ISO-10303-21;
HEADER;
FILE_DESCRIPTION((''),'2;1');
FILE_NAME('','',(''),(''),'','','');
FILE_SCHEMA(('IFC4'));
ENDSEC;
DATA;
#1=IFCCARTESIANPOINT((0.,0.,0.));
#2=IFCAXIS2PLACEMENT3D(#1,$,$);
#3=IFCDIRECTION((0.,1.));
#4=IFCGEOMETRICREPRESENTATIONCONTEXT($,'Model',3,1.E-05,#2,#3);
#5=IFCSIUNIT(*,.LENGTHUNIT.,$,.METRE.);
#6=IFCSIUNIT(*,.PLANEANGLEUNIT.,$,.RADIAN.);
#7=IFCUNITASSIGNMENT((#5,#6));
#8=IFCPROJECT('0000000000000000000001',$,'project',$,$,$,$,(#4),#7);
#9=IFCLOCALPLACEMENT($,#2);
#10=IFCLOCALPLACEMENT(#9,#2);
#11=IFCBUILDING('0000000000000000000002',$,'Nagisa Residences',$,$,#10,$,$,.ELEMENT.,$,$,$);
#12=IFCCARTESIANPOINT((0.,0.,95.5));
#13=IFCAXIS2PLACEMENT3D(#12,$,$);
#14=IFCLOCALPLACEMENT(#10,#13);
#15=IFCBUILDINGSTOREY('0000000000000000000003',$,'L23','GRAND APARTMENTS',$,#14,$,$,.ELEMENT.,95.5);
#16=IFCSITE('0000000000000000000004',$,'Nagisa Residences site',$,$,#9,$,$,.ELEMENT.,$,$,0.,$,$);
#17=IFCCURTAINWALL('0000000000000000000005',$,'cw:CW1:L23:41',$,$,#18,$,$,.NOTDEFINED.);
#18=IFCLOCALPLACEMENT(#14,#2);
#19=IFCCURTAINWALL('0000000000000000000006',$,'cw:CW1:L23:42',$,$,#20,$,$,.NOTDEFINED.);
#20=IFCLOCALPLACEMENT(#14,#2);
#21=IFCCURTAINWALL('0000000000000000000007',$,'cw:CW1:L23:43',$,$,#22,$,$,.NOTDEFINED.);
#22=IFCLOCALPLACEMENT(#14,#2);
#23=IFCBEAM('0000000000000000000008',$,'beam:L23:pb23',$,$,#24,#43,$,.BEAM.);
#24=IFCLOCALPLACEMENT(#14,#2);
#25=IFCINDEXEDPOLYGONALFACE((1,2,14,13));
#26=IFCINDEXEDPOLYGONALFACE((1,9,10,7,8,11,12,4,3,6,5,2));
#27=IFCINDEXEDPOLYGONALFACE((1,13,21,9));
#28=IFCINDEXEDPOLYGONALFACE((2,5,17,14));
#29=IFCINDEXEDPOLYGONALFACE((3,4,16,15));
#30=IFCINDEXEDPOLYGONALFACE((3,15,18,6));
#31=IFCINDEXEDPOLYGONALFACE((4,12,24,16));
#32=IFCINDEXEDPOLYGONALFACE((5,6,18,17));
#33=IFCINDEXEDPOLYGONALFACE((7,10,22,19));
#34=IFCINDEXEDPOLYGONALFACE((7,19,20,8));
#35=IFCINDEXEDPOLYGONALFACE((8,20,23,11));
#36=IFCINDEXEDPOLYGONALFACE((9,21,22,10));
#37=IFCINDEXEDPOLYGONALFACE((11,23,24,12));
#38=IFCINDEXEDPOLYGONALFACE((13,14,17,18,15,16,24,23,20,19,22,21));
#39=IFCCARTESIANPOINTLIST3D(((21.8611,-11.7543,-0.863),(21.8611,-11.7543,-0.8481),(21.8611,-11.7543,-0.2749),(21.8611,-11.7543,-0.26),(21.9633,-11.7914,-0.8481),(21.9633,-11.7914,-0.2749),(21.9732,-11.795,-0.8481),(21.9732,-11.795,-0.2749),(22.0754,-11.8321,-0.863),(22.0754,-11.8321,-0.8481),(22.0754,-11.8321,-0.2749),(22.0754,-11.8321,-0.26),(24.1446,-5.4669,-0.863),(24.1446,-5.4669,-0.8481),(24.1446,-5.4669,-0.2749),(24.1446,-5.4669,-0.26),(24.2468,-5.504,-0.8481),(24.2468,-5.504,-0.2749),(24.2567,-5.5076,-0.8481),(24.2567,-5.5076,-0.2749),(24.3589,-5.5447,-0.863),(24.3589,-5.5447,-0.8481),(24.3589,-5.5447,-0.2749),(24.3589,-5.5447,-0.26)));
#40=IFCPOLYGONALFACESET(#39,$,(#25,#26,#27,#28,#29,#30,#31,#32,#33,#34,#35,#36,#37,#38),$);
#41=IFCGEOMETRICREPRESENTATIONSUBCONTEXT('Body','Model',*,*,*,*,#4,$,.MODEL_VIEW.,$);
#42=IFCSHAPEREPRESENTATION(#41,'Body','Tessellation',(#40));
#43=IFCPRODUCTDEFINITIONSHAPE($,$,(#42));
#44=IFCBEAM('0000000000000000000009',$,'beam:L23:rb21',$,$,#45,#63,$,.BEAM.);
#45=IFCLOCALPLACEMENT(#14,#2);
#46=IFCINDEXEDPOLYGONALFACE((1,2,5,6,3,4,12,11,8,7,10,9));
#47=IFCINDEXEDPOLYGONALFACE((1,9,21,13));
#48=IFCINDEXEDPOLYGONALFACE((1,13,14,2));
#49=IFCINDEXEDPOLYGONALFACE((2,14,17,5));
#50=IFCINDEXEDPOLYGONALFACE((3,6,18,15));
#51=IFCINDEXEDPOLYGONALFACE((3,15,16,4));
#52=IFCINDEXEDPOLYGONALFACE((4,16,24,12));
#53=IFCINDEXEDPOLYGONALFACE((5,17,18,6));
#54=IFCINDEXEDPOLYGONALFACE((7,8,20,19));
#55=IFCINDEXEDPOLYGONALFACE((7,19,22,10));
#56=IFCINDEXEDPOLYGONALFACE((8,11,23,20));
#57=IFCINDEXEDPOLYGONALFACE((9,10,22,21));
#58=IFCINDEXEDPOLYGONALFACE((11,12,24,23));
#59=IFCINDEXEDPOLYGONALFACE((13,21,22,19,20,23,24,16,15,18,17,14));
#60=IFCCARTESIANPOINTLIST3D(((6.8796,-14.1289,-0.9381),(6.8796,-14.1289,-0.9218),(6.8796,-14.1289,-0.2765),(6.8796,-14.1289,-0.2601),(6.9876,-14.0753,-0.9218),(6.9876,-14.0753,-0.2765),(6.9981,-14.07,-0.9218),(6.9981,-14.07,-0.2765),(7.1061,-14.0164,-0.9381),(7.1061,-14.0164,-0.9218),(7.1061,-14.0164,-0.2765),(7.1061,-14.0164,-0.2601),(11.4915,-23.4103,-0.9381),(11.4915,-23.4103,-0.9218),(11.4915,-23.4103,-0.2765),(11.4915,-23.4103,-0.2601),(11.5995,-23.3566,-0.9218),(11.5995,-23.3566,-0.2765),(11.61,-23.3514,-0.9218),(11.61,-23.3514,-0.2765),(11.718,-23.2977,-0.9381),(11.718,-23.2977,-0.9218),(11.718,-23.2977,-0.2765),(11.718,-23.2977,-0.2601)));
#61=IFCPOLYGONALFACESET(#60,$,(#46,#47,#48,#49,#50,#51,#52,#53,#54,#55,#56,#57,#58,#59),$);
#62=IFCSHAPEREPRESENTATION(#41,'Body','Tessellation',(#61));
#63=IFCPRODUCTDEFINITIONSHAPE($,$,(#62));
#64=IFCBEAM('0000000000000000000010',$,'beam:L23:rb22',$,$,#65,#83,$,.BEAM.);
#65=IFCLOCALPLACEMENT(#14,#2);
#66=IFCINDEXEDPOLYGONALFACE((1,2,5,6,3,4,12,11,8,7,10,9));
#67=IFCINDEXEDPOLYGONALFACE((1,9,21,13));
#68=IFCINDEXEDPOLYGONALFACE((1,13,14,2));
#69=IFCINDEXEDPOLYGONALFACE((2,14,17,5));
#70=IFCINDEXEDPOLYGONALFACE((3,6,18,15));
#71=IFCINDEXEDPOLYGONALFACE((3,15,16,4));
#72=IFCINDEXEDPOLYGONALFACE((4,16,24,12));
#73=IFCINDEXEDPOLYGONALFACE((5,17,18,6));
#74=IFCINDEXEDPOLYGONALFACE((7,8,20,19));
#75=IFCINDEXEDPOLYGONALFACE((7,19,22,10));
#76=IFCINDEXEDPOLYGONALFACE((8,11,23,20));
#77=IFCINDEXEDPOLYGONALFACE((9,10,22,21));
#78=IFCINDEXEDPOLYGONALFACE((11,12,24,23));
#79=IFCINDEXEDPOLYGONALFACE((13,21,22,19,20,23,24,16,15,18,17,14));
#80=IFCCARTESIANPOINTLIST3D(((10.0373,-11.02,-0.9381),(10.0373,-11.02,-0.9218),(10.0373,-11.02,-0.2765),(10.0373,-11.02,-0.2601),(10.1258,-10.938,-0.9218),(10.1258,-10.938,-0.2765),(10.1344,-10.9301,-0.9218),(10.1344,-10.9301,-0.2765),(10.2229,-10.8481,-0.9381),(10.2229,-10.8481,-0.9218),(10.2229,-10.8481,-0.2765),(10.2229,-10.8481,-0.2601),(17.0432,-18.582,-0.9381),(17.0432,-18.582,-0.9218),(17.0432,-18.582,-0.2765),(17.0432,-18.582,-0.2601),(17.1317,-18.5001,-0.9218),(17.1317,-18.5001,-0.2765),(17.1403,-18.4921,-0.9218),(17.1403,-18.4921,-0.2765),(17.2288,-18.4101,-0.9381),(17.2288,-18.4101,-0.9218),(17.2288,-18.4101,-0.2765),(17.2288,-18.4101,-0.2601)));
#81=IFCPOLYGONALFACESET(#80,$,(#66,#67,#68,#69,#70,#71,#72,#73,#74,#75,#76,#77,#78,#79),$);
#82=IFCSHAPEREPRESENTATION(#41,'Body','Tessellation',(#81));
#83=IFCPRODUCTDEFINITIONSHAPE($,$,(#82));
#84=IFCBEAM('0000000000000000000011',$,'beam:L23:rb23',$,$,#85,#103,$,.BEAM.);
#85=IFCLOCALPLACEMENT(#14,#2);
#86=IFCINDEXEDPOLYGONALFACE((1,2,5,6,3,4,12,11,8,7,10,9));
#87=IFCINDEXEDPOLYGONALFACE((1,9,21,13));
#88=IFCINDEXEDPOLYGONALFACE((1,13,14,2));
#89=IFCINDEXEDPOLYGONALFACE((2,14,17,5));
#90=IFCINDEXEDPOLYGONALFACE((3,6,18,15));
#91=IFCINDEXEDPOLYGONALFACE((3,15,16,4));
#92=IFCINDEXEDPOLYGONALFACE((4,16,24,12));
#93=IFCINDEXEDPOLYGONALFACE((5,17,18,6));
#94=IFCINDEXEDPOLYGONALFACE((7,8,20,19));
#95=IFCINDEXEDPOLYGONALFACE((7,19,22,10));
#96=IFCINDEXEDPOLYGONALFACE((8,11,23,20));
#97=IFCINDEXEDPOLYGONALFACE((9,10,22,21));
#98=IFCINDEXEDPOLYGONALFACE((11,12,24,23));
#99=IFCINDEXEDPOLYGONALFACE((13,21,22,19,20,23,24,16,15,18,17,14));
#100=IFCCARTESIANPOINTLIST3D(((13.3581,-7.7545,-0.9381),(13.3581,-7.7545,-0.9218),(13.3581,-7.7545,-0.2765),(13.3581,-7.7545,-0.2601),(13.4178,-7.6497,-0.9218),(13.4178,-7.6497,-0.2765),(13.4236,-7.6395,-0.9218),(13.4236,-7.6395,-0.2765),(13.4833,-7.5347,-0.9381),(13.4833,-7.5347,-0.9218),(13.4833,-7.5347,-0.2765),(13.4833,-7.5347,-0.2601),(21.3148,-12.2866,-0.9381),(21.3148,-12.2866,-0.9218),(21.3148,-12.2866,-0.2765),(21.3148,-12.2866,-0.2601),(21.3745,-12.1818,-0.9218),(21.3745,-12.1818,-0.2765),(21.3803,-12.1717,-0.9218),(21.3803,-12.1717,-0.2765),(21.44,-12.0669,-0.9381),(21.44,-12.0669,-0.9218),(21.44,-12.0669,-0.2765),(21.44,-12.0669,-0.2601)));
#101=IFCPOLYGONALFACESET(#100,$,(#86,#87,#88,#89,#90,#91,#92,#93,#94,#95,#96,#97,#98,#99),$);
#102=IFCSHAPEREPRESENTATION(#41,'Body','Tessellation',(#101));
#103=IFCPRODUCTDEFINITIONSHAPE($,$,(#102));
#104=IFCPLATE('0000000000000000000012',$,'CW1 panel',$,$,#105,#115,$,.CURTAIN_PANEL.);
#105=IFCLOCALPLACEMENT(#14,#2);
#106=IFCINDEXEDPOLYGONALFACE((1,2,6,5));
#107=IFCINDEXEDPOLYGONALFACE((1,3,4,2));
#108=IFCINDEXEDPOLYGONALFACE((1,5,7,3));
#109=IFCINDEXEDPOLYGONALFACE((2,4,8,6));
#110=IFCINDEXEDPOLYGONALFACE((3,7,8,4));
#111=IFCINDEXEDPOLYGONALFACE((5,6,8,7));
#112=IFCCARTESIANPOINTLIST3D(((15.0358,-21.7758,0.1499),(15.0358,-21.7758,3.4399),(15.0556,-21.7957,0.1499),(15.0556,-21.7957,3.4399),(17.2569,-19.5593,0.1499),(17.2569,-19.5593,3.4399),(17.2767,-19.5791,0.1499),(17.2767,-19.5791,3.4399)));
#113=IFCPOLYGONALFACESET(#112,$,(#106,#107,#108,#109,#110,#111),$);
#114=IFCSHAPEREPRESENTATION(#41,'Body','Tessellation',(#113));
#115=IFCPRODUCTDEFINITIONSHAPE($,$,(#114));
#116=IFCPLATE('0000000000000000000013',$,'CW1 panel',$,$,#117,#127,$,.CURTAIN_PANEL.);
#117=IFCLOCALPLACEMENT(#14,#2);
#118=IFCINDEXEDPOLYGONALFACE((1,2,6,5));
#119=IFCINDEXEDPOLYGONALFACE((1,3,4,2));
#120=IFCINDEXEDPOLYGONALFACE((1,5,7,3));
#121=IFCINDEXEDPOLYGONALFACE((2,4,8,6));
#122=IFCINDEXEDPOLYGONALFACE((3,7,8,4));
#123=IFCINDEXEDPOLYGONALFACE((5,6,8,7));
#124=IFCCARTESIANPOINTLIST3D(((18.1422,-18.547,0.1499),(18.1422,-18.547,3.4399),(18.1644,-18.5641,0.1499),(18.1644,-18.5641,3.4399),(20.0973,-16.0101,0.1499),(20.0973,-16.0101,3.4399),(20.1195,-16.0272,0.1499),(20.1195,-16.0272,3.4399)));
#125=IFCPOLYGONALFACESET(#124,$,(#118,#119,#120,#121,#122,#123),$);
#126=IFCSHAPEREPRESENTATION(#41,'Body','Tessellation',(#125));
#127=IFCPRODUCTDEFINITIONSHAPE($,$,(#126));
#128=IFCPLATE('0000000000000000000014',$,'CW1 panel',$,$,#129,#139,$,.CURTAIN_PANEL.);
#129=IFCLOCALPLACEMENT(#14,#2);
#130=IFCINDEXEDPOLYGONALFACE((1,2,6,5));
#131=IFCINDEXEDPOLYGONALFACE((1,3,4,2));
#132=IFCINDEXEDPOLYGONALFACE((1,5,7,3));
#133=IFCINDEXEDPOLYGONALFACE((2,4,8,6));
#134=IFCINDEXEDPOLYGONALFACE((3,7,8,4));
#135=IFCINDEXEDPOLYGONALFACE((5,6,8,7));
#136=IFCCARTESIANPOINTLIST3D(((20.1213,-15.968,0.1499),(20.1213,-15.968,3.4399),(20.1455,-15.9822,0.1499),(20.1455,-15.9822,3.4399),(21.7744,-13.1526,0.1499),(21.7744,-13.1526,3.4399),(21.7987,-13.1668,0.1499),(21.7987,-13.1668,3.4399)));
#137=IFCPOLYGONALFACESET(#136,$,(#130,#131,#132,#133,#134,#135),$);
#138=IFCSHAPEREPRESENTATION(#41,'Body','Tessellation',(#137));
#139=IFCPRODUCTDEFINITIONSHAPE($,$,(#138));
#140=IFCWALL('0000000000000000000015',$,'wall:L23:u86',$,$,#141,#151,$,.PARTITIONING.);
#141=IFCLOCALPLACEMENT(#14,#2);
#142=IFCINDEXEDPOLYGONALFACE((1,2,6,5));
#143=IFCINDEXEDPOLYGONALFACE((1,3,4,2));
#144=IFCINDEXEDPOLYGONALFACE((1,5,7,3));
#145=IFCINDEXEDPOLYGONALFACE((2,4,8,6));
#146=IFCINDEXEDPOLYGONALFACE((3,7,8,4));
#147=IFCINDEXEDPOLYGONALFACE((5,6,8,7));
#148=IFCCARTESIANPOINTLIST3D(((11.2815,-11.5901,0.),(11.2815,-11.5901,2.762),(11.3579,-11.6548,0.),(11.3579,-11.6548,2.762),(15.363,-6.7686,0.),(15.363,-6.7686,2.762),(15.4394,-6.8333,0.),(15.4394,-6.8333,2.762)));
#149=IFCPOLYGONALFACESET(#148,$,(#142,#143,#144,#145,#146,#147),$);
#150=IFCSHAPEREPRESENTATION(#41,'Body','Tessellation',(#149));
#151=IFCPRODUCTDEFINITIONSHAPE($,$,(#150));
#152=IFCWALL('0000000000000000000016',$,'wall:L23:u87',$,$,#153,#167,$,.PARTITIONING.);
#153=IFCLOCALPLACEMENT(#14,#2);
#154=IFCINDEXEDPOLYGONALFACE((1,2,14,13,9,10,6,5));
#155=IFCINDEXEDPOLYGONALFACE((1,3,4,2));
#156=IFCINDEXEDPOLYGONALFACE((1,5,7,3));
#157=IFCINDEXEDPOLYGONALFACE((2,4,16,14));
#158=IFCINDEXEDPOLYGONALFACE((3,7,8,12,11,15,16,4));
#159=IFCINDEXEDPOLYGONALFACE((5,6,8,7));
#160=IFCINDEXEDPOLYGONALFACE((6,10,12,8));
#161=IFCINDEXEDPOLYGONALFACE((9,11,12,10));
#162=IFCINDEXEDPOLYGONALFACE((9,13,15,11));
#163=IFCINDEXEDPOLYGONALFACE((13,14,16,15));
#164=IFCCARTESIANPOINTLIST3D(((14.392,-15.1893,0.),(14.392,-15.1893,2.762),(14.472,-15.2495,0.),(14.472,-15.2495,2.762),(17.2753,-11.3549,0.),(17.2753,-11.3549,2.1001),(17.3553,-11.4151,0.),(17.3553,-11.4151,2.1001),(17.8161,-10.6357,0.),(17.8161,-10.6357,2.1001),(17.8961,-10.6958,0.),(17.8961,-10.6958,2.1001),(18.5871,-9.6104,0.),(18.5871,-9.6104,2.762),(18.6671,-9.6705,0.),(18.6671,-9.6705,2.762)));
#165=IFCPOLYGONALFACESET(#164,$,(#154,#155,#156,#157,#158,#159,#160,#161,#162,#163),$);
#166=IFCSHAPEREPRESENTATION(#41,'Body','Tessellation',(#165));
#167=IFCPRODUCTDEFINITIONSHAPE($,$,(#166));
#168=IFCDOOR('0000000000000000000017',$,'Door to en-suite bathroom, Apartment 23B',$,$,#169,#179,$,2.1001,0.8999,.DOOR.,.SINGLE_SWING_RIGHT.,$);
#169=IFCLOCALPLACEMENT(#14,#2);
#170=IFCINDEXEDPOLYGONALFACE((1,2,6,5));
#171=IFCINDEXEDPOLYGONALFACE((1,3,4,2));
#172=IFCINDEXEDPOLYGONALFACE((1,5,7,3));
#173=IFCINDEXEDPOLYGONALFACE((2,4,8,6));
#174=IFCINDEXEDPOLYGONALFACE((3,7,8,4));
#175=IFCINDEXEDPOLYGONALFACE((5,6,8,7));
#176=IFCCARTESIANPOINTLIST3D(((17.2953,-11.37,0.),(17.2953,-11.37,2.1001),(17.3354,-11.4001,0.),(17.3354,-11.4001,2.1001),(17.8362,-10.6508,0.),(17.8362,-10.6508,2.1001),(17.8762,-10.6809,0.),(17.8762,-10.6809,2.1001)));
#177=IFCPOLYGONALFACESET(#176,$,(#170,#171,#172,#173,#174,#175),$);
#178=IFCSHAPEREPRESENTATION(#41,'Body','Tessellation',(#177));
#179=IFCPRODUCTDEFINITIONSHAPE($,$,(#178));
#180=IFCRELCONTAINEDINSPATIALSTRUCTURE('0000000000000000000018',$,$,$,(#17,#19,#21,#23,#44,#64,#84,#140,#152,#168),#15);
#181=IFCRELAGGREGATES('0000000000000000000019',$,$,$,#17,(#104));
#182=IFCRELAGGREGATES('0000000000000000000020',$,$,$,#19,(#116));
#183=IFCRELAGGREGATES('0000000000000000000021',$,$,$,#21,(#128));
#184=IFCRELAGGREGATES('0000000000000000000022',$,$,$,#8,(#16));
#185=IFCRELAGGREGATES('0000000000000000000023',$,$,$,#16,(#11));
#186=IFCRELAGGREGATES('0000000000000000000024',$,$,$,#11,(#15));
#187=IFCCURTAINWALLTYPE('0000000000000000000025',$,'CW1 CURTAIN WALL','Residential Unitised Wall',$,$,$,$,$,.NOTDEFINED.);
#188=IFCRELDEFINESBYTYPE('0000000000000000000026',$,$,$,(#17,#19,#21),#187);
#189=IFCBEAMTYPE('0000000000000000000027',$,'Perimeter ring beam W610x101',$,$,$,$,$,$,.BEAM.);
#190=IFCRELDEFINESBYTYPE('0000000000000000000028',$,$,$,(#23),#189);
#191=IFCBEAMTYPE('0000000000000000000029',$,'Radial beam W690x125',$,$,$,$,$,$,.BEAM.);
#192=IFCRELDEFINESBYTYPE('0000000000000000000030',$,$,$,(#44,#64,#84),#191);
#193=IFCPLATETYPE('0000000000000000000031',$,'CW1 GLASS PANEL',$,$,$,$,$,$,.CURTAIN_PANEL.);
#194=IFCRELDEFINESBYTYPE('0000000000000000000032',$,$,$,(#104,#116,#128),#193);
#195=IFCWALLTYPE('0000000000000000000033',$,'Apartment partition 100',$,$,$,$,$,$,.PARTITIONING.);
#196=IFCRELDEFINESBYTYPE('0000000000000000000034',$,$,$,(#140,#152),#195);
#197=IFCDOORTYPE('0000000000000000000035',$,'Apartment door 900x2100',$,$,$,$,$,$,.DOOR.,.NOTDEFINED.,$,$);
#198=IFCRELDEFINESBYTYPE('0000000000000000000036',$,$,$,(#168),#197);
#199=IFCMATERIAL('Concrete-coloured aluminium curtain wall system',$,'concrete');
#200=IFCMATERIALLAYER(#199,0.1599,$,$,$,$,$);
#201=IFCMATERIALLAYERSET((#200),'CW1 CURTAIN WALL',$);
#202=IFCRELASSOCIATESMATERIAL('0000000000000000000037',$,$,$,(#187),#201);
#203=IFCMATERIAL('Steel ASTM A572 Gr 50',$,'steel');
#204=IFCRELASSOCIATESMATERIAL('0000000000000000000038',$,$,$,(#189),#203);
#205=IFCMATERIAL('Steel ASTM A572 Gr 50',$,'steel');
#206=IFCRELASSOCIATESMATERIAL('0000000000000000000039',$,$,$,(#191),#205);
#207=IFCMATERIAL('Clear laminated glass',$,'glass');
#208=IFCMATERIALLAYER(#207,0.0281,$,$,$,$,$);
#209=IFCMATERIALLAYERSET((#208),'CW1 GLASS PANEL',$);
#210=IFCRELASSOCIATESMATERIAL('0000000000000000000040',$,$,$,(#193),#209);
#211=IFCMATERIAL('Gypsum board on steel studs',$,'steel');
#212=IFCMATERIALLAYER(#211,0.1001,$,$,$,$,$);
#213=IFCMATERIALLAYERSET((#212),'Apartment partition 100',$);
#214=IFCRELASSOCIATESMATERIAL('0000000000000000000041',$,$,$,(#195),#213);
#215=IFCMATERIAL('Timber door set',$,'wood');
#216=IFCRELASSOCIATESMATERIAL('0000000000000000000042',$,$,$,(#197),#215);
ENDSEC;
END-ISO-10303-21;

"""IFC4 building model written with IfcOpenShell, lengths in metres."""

from ifc_helpers import new_model, si_unit, direction, frame, frame_2d, origin, origin_2d, place, context, subcontext, project, spatial, rectangle, i_section, extrude, material, layer, layer_set, material_profile, profile_set, type_object, element, fill, aggregate, save


model = new_model("IFC4")

# Units and contexts
model_context = context("Model", 3, precision=1e-05, world=origin(), true_north=direction((0.0, 1.0)))
body_context = subcontext(model_context, "Body", "Model", "MODEL_VIEW")
ifc_project = project(units=[si_unit("LENGTHUNIT", "METRE"), si_unit("PLANEANGLEUNIT", "RADIAN")], contexts=[model_context])

# Site, building, storey
site_placement = place(None, origin())
site = spatial("IfcSite", under=ifc_project, at=site_placement, Name="Nagisa Residences site", CompositionType="ELEMENT", RefElevation=0.0)
building_placement = place(site_placement, origin())
building = spatial("IfcBuilding", under=site, at=building_placement, Name="Nagisa Residences", CompositionType="ELEMENT")
storey_placement = place(building_placement, frame((0.0, 0.0, 95.5)))
storey = spatial("IfcBuildingStorey", under=building, at=storey_placement, Name="L23", Description="GRAND APARTMENTS", CompositionType="ELEMENT", Elevation=95.5)

# Curtain walls
ifc_material_1 = material(Name="Concrete-coloured aluminium curtain wall system", Category="concrete")
ifc_layer_1 = layer(ifc_material_1, 0.1599)
ifc_layer_set_1 = layer_set([ifc_layer_1], Name="CW1 CURTAIN WALL")
curtain_wall_type = type_object("IfcCurtainWallType", Name="CW1 CURTAIN WALL", Description="Residential Unitised Wall", PredefinedType="NOTDEFINED", material=ifc_layer_set_1)
curtain_wall_1_placement = place(storey_placement, origin())
curtain_wall_1 = element("IfcCurtainWall", 1, at=curtain_wall_1_placement, inside=storey, type_object=curtain_wall_type, Name="cw:CW1:L23:41", PredefinedType="NOTDEFINED")
curtain_wall_2_placement = place(storey_placement, origin())
curtain_wall_2 = element("IfcCurtainWall", 2, at=curtain_wall_2_placement, inside=storey, type_object=curtain_wall_type, Name="cw:CW1:L23:42", PredefinedType="NOTDEFINED")
curtain_wall_3_placement = place(storey_placement, origin())
curtain_wall_3 = element("IfcCurtainWall", 3, at=curtain_wall_3_placement, inside=storey, type_object=curtain_wall_type, Name="cw:CW1:L23:43", PredefinedType="NOTDEFINED")

# Beams
ifc_material_2 = material(Name="Steel ASTM A572 Gr 50", Category="steel")
ifc_material_profile_1 = material_profile(ifc_material_2, i_section(OverallWidth=0.228, OverallDepth=0.603, WebThickness=0.0105, FlangeThickness=0.0149, at=origin_2d()), Name="W610x101")
ifc_profile_set_1 = profile_set([ifc_material_profile_1], Name="Steel ASTM A572 Gr 50")
beam_type_1 = type_object("IfcBeamType", Name="Perimeter ring beam W610x101", PredefinedType="BEAM", material=ifc_profile_set_1)
beam_1_placement = place(storey_placement, frame((21.9683, -11.7932, -0.5615), z_axis=(0.341365, 0.939931, 0.0), x_axis=(-0.939931, 0.341365, 0.0)))
element("IfcBeam", 4, at=beam_1_placement, inside=storey, type_object=beam_type_1, Name="beam:L23:pb23", PredefinedType="BEAM", context=body_context, shape_type="SweptSolid", body=[
    extrude(i_section(OverallWidth=0.228, OverallDepth=0.603, WebThickness=0.0105, FlangeThickness=0.0149, at=origin_2d()), origin(), (0.0, 0.0, 1.0), 6.6892),
])
ifc_material_3 = material(Name="Steel ASTM A572 Gr 50", Category="steel")
ifc_material_profile_2 = material_profile(ifc_material_3, i_section(OverallWidth=0.2529, OverallDepth=0.678, WebThickness=0.0117, FlangeThickness=0.0164, at=origin_2d()), Name="W690x125")
ifc_profile_set_2 = profile_set([ifc_material_profile_2], Name="Steel ASTM A572 Gr 50")
beam_type_2 = type_object("IfcBeamType", Name="Radial beam W690x125", PredefinedType="BEAM", material=ifc_profile_set_2)
beam_2_placement = place(storey_placement, frame((11.6047, -23.354, -0.5991), z_axis=(-0.444988, 0.895536, 0.0), x_axis=(-0.895536, -0.444988, 0.0)))
element("IfcBeam", 5, at=beam_2_placement, inside=storey, type_object=beam_type_2, Name="beam:L23:rb21", PredefinedType="BEAM", context=body_context, shape_type="SweptSolid", body=[
    extrude(i_section(OverallWidth=0.2529, OverallDepth=0.678, WebThickness=0.0117, FlangeThickness=0.0164, at=origin_2d()), origin(), (0.0, 0.0, 1.0), 10.364),
])
beam_3_placement = place(storey_placement, frame((17.136, -18.4961, -0.5991), z_axis=(-0.679617, 0.733567, 0.0), x_axis=(-0.733567, -0.679617, 0.0)))
element("IfcBeam", 6, at=beam_3_placement, inside=storey, type_object=beam_type_2, Name="beam:L23:rb22", PredefinedType="BEAM", context=body_context, shape_type="SweptSolid", body=[
    extrude(i_section(OverallWidth=0.2529, OverallDepth=0.678, WebThickness=0.0117, FlangeThickness=0.0164, at=origin_2d()), origin(), (0.0, 0.0, 1.0), 10.3086),
])
beam_4_placement = place(storey_placement, frame((21.3774, -12.1768, -0.5991), z_axis=(-0.868925, 0.494944, 0.0), x_axis=(-0.494944, -0.868925, 0.0)))
element("IfcBeam", 7, at=beam_4_placement, inside=storey, type_object=beam_type_2, Name="beam:L23:rb23", PredefinedType="BEAM", context=body_context, shape_type="SweptSolid", body=[
    extrude(i_section(OverallWidth=0.2529, OverallDepth=0.678, WebThickness=0.0117, FlangeThickness=0.0164, at=origin_2d()), origin(), (0.0, 0.0, 1.0), 9.157),
])

# Plates
ifc_material_4 = material(Name="Clear laminated glass", Category="glass")
ifc_layer_2 = layer(ifc_material_4, 0.0281)
ifc_layer_set_2 = layer_set([ifc_layer_2], Name="CW1 GLASS PANEL")
plate_type = type_object("IfcPlateType", Name="CW1 GLASS PANEL", PredefinedType="CURTAIN_PANEL", material=ifc_layer_set_2)
plate_1_placement = place(storey_placement, frame((16.1562, -20.6775, 0.1499), z_axis=(0.0, 0.0, 1.0), x_axis=(0.707836, 0.706377, 0.0)))
plate_1 = element("IfcPlate", 8, at=plate_1_placement, type_object=plate_type, Name="CW1 panel", PredefinedType="CURTAIN_PANEL", context=body_context, shape_type="SweptSolid", body=[
    extrude(rectangle(XDim=3.1379, YDim=0.0281, at=origin_2d()), origin(), (0.0, 0.0, 1.0), 3.29),
])
aggregate(curtain_wall_1, [plate_1])
plate_2_placement = place(storey_placement, frame((19.1309, -17.2871, 0.1499), z_axis=(0.0, 0.0, 1.0), x_axis=(0.61043, 0.79207, 0.0)))
plate_2 = element("IfcPlate", 9, at=plate_2_placement, type_object=plate_type, Name="CW1 panel", PredefinedType="CURTAIN_PANEL", context=body_context, shape_type="SweptSolid", body=[
    extrude(rectangle(XDim=3.2029, YDim=0.0281, at=origin_2d()), origin(), (0.0, 0.0, 1.0), 3.29),
])
aggregate(curtain_wall_2, [plate_2])
plate_3_placement = place(storey_placement, frame((20.96, -14.5674, 0.1499), z_axis=(0.0, 0.0, 1.0), x_axis=(0.506349, 0.862329, 0.0)))
plate_3 = element("IfcPlate", 10, at=plate_3_placement, type_object=plate_type, Name="CW1 panel", PredefinedType="CURTAIN_PANEL", context=body_context, shape_type="SweptSolid", body=[
    extrude(rectangle(XDim=3.2649, YDim=0.0281, at=origin_2d()), origin(), (0.0, 0.0, 1.0), 3.29),
])
aggregate(curtain_wall_3, [plate_3])

# Wall
ifc_material_5 = material(Name="Gypsum board on steel studs", Category="steel")
ifc_layer_3 = layer(ifc_material_5, 0.1001)
ifc_layer_set_3 = layer_set([ifc_layer_3], Name="Apartment partition 100")
wall_type_1 = type_object("IfcWallType", Name="Apartment partition 100", PredefinedType="PARTITIONING", material=ifc_layer_set_3)
wall_1_placement = place(storey_placement, frame((11.3196, -11.6226, 0.0), z_axis=(0.0, 0.0, 1.0), x_axis=(0.646107, 0.763247, 0.0)))
element("IfcWall", 11, at=wall_1_placement, inside=storey, type_object=wall_type_1, Name="wall:L23:u86", PredefinedType="PARTITIONING", context=body_context, shape_type="SweptSolid", body=[
    extrude(rectangle(XDim=6.3171, YDim=0.1001, at=frame_2d((3.1587, 0.0))), origin(), (0.0, 0.0, 1.0), 2.762),
])

# Wall, opening, door
wall_2_placement = place(storey_placement, frame((14.4319, -15.2195, 0.0), z_axis=(0.0, 0.0, 1.0), x_axis=(0.601001, 0.799248, 0.0)))
wall_2 = element("IfcWall", 12, at=wall_2_placement, inside=storey, type_object=wall_type_1, Name="wall:L23:u87", PredefinedType="PARTITIONING", context=body_context, shape_type="SweptSolid", body=[
    extrude(rectangle(XDim=6.9802, YDim=0.1001, at=frame_2d((3.4902, 0.0))), origin(), (0.0, 0.0, 1.0), 2.762),
])
opening_1_placement = place(wall_2_placement, frame((4.7976, 0.0, 0.0)))
opening_1 = element("IfcOpeningElement", 13, at=opening_1_placement, cuts=wall_2, PredefinedType="OPENING", context=body_context, shape_type="SweptSolid", body=[
    extrude(rectangle(XDim=0.8999, YDim=2.1001, at=frame_2d((0.45, 1.05))), frame((0.0, 0.0601, 0.0), z_axis=(0.0, -1.0, 0.0), x_axis=(1.0, 0.0, 0.0)), (0.0, 0.0, 1.0), 0.1201),
])
ifc_material_6 = material(Name="Timber door set", Category="wood")
door_type_1 = type_object("IfcDoorType", Name="Apartment door 900x2100", OperationType="NOTDEFINED", PredefinedType="DOOR", material=ifc_material_6)
door_1_placement = place(opening_1_placement, origin())
door_1 = element("IfcDoor", 14, at=door_1_placement, inside=storey, type_object=door_type_1, Name="Door to en-suite bathroom, Apartment 23B", OperationType="SINGLE_SWING_RIGHT", OverallHeight=2.1001, OverallWidth=0.8999, PredefinedType="DOOR", context=body_context, shape_type="SweptSolid", body=[
    extrude(rectangle(XDim=0.8999, YDim=2.1001, at=frame_2d((0.45, 1.05))), frame((0.0, 0.0249, 0.0), z_axis=(0.0, -1.0, 0.0), x_axis=(1.0, 0.0, 0.0)), (0.0, 0.0, 1.0), 0.05),
])
fill(opening_1, door_1)

save(model, "model.ifc")
